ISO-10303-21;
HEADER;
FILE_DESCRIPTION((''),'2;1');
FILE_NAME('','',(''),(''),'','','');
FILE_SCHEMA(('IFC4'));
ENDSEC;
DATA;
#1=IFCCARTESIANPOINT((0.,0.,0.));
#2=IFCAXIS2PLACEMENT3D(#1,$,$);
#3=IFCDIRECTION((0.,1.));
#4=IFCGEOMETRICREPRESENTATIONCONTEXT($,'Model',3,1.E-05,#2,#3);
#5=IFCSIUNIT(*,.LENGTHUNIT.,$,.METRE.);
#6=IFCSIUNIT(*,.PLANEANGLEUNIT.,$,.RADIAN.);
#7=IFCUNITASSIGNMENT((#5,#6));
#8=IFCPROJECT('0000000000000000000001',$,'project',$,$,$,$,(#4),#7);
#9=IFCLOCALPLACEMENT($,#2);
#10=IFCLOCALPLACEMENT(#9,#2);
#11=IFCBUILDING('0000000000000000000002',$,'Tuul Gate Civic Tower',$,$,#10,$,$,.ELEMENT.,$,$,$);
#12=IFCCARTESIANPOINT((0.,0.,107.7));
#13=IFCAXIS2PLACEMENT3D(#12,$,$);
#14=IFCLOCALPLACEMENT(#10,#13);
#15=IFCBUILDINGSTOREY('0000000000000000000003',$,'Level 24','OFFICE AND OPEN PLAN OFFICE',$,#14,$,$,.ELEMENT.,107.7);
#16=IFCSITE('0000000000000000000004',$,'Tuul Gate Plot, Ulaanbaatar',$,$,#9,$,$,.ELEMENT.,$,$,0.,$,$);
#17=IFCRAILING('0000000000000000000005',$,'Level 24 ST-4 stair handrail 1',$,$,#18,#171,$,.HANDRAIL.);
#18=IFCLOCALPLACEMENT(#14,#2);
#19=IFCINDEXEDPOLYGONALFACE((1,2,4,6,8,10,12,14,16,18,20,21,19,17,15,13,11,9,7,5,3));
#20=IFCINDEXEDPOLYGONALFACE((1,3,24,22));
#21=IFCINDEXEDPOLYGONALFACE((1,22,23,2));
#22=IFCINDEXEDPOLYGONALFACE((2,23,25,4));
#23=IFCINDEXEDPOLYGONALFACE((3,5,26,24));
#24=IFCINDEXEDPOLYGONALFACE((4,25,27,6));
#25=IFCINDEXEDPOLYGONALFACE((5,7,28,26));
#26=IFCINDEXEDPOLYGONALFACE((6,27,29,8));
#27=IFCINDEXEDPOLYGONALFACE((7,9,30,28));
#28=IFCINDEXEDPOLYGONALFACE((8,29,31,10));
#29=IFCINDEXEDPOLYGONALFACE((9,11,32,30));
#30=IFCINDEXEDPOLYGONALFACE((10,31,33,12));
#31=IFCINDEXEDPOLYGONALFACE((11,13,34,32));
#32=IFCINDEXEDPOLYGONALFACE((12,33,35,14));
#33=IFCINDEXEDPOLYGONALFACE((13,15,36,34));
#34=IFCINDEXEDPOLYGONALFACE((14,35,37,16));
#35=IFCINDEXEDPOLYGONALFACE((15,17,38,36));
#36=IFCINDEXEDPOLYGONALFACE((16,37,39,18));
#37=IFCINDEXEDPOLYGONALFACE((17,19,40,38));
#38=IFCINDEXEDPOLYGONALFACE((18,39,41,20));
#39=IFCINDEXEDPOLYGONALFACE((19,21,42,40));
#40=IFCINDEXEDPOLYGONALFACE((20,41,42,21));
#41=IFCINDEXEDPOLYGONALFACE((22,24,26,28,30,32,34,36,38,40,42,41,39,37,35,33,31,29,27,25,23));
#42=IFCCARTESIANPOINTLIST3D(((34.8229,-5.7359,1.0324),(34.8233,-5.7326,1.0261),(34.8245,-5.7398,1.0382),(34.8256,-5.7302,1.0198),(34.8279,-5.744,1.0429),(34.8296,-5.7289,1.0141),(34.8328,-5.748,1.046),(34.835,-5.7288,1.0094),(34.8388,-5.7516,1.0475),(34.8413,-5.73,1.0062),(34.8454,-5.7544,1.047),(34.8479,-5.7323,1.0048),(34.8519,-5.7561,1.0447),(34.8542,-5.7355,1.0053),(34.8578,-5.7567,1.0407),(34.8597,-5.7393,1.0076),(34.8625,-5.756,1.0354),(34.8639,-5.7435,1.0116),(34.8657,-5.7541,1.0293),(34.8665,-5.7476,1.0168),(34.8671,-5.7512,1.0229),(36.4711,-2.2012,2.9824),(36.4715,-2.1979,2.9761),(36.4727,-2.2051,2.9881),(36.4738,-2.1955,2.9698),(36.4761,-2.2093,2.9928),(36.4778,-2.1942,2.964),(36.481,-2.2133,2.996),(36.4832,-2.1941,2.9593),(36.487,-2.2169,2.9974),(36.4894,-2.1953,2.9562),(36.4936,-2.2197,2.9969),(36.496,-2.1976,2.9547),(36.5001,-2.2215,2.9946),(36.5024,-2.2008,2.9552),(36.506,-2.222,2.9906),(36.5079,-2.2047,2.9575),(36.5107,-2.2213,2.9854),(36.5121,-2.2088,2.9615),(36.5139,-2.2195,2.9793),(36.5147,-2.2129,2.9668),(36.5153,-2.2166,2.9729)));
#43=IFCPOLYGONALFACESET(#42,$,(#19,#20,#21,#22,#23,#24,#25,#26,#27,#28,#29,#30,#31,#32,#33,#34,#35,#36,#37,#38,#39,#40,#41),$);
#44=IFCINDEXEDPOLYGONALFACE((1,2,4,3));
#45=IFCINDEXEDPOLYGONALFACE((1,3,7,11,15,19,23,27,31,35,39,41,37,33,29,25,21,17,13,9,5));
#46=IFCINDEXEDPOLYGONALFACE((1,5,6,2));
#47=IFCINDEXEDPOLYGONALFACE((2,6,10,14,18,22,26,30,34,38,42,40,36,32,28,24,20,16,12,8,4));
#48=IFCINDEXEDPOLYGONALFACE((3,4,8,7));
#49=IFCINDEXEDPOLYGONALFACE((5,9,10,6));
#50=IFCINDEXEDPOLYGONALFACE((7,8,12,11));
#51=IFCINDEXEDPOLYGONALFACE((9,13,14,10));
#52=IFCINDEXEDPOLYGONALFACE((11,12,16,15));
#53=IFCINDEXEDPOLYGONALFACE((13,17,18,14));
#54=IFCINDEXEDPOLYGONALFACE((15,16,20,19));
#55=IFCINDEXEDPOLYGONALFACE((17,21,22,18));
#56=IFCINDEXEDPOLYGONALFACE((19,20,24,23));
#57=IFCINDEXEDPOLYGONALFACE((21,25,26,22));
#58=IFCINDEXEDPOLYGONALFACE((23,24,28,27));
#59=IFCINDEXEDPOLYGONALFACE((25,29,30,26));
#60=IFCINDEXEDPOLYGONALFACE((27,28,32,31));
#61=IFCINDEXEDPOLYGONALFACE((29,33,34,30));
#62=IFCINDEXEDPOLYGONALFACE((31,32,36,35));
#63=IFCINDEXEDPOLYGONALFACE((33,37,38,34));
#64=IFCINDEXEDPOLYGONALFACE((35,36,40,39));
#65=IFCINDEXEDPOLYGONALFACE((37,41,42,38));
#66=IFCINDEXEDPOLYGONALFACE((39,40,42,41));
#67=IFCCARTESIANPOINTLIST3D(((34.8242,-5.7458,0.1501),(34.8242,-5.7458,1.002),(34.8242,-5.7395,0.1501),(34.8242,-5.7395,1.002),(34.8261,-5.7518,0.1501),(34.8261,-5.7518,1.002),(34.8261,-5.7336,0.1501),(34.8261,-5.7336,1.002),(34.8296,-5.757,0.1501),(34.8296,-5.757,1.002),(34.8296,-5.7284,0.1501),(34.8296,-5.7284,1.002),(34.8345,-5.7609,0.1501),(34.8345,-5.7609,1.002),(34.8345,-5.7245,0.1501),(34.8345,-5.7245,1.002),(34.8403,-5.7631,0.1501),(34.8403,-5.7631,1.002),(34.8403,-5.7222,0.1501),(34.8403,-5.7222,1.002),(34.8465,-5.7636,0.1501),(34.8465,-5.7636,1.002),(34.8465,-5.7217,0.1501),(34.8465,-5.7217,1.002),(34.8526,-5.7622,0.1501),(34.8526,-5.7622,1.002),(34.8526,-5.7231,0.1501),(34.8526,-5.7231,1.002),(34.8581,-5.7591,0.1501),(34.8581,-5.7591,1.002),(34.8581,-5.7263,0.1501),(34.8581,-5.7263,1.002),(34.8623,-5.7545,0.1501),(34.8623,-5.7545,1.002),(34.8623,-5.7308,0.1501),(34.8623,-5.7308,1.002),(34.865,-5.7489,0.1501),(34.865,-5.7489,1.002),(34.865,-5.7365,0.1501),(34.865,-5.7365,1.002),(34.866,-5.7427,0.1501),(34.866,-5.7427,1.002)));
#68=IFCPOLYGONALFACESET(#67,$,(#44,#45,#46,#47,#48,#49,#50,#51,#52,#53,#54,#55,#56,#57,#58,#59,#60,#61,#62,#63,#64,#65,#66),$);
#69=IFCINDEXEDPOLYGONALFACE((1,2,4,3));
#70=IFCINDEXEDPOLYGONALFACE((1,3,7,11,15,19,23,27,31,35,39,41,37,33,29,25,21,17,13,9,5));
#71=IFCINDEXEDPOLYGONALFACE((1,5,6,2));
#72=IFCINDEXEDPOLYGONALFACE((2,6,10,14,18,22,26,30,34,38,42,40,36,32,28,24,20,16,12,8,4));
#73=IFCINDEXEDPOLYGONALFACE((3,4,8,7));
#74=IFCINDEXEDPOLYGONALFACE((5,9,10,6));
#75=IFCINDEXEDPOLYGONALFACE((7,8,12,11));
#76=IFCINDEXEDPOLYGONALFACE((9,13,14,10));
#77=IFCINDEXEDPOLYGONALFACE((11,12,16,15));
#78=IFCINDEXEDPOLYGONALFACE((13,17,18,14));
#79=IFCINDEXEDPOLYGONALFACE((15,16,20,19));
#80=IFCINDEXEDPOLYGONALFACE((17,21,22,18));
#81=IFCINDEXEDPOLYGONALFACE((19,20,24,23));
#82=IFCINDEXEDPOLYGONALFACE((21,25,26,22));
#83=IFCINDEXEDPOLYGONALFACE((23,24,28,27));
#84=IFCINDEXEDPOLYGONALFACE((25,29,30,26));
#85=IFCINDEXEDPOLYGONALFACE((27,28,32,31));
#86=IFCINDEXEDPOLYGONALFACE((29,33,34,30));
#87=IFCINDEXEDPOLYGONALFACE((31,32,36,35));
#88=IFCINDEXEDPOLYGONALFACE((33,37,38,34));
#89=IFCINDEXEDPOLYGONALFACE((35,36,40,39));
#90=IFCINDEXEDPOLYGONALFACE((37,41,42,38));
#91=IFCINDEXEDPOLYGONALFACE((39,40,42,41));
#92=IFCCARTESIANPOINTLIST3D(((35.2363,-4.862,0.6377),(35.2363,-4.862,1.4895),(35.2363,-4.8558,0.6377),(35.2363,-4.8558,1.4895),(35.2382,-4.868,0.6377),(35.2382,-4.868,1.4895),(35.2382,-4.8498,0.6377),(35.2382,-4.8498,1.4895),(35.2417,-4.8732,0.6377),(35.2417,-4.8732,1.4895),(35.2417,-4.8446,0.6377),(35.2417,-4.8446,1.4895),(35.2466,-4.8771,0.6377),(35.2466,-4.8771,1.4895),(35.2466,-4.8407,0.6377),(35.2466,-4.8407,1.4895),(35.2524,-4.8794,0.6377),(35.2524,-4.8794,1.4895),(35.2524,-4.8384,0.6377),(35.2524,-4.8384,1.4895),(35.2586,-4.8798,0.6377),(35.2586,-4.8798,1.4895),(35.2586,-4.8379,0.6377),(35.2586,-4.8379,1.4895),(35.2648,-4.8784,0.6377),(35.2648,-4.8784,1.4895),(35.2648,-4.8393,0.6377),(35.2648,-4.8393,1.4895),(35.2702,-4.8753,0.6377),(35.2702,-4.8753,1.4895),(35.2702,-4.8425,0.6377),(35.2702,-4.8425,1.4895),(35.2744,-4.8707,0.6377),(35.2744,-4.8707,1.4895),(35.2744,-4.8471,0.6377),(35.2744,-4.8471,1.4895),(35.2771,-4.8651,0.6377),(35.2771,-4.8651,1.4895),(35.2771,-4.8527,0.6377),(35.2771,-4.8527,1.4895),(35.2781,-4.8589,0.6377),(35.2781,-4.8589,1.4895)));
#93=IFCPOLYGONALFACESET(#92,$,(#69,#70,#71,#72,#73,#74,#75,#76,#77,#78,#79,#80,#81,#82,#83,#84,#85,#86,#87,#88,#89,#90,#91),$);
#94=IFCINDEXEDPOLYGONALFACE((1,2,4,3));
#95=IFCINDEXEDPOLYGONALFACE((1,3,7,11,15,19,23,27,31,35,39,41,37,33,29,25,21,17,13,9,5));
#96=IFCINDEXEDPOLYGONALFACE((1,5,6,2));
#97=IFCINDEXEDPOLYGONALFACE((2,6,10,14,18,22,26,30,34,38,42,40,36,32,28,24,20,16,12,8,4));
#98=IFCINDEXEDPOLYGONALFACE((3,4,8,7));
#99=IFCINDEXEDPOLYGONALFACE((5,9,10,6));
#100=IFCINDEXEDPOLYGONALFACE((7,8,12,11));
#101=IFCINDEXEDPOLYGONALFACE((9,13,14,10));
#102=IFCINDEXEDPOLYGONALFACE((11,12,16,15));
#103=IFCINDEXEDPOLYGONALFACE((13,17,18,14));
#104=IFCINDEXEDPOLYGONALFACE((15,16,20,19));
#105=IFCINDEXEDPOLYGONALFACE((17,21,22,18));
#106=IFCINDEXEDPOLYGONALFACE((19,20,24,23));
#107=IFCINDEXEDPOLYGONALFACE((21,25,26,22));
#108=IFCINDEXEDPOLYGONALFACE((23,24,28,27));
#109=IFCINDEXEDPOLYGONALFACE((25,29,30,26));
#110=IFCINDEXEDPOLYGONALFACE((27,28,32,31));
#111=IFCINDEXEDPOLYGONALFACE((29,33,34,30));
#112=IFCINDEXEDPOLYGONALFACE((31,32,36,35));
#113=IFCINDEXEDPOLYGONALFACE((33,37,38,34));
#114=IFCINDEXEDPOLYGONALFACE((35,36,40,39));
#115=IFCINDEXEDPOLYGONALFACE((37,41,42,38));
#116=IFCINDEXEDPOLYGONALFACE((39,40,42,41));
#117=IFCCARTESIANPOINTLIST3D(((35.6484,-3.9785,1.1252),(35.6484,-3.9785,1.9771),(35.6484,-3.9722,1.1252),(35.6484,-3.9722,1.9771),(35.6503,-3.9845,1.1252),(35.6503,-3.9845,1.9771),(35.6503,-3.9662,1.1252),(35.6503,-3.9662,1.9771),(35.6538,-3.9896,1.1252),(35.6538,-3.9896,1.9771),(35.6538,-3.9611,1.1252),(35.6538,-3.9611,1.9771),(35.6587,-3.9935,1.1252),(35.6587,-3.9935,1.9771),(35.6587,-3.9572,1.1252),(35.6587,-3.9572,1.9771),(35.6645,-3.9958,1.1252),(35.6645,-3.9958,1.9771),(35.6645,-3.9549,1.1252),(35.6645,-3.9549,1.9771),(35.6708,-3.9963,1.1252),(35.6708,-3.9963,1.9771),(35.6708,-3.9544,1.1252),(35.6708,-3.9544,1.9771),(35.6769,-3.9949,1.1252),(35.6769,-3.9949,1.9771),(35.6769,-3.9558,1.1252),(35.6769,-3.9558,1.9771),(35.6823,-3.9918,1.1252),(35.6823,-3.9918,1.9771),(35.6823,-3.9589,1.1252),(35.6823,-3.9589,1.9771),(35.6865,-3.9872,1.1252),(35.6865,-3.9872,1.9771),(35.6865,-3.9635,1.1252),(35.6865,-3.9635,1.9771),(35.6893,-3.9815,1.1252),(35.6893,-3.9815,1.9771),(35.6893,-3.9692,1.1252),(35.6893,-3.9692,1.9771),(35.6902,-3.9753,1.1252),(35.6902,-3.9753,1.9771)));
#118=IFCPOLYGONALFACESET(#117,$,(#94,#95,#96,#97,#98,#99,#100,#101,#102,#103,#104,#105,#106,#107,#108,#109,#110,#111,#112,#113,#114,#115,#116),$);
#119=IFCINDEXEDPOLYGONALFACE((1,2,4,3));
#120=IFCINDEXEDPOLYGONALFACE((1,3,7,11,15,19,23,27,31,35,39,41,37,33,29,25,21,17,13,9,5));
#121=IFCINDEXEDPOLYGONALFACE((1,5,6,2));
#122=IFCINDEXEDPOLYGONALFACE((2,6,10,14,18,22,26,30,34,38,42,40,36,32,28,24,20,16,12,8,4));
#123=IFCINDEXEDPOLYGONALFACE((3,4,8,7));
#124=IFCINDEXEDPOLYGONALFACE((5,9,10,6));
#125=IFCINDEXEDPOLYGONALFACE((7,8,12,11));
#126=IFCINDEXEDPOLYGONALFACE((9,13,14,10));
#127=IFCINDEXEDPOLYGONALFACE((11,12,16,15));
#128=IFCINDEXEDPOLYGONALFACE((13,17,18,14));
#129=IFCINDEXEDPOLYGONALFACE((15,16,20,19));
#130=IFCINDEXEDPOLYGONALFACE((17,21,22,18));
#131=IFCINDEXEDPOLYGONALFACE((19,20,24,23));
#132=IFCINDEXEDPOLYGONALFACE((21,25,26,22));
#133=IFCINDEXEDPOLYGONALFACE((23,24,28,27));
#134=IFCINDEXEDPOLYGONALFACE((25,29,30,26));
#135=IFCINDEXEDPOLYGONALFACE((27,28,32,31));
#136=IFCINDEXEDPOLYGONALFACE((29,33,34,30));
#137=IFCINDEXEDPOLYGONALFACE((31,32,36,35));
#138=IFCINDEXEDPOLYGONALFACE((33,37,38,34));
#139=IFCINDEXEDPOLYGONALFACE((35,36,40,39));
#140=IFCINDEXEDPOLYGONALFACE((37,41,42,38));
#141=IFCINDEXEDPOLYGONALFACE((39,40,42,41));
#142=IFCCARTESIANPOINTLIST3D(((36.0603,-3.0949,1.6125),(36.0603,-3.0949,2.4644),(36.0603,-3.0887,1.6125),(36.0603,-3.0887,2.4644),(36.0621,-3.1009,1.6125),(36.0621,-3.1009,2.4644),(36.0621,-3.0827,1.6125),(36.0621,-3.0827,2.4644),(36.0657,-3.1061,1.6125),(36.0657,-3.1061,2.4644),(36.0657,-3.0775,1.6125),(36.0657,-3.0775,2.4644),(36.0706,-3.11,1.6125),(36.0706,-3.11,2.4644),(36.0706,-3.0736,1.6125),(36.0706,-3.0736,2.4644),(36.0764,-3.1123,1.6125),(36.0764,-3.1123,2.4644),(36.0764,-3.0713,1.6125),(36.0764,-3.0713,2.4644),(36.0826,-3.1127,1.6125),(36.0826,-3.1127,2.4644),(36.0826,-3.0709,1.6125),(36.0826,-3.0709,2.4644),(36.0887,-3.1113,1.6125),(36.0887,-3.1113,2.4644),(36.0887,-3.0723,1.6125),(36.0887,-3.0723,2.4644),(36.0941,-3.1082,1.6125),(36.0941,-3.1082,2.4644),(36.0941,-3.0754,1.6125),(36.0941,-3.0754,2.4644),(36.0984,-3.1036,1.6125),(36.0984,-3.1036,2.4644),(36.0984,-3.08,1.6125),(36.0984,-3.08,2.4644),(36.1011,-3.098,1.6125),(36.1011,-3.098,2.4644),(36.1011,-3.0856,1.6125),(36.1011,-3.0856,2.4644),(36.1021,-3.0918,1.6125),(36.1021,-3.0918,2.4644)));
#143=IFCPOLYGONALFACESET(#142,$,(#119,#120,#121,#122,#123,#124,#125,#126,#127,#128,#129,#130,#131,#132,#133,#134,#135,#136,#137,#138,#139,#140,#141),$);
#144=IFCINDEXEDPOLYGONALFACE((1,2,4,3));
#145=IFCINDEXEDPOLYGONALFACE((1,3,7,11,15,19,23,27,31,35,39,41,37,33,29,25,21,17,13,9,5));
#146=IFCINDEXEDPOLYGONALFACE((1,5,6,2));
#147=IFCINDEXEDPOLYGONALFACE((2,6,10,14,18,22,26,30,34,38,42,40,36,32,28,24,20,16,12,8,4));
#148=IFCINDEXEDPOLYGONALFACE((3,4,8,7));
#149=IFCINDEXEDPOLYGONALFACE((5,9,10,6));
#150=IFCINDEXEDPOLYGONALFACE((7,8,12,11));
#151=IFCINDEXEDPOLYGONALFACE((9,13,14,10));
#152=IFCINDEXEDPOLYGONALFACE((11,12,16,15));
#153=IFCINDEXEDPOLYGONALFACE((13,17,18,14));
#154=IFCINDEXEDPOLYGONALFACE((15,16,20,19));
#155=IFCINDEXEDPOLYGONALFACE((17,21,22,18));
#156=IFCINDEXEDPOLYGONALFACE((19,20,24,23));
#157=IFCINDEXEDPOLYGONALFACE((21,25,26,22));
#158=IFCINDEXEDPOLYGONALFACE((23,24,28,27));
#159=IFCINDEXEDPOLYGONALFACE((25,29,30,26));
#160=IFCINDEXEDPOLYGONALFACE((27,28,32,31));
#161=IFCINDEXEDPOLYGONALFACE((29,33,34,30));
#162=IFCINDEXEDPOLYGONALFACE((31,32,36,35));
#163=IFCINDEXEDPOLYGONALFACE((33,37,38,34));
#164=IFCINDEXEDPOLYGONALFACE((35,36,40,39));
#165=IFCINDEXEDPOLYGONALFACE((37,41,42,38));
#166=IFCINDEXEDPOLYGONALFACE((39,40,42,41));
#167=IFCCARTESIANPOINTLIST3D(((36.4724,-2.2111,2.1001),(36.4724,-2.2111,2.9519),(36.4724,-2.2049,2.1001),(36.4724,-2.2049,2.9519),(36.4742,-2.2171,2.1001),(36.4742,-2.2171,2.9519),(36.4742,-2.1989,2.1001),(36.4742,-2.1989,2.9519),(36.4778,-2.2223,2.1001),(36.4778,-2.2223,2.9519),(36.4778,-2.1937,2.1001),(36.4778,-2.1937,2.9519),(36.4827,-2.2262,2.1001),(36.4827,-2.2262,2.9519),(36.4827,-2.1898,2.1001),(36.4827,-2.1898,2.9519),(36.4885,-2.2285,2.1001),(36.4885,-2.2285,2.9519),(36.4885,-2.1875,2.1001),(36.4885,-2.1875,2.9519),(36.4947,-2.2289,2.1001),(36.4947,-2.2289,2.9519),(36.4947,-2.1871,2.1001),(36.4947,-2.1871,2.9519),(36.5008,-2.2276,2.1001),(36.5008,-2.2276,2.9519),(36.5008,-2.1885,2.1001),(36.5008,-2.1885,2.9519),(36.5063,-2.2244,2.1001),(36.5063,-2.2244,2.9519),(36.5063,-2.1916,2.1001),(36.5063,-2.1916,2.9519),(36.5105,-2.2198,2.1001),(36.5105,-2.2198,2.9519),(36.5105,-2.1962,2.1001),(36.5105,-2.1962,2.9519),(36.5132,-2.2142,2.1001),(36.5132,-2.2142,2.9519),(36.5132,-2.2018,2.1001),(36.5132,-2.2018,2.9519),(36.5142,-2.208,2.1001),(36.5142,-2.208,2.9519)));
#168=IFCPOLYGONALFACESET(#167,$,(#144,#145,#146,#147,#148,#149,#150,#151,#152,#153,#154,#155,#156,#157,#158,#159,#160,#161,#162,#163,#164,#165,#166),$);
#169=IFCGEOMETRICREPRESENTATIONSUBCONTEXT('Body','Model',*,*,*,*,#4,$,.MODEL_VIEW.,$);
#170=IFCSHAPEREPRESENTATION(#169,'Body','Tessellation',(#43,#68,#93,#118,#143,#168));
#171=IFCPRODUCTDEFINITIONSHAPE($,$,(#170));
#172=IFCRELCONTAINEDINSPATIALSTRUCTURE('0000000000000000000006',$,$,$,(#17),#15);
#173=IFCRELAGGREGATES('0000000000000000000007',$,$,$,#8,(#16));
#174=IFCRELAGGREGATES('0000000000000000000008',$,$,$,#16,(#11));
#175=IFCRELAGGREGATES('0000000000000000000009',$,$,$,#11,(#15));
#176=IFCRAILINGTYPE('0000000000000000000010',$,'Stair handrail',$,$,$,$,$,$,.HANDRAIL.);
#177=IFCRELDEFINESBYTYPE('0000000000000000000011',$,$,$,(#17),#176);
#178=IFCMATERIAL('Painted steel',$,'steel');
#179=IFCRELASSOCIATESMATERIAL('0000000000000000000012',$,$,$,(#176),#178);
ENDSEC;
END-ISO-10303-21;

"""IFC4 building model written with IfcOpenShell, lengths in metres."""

from ifc_helpers import new_model, si_unit, direction, frame, origin, origin_2d, place, context, subcontext, project, spatial, circle, extrude, material, type_object, element, save


model = new_model("IFC4")

# Units and contexts
model_context = context("Model", 3, precision=1e-05, world=origin(), true_north=direction((0.0, 1.0)))
body_context = subcontext(model_context, "Body", "Model", "MODEL_VIEW")
ifc_project = project(units=[si_unit("LENGTHUNIT", "METRE"), si_unit("PLANEANGLEUNIT", "RADIAN")], contexts=[model_context])

# Site, building, storey
site_placement = place(None, origin())
site = spatial("IfcSite", under=ifc_project, at=site_placement, Name="Tuul Gate Plot, Ulaanbaatar", CompositionType="ELEMENT", RefElevation=0.0)
building_placement = place(site_placement, origin())
building = spatial("IfcBuilding", under=site, at=building_placement, Name="Tuul Gate Civic Tower", CompositionType="ELEMENT")
storey_placement = place(building_placement, frame((0.0, 0.0, 107.7)))
storey = spatial("IfcBuildingStorey", under=building, at=storey_placement, Name="Level 24", Description="OFFICE AND OPEN PLAN OFFICE", CompositionType="ELEMENT", Elevation=107.7)

# Railing
ifc_material_1 = material(Name="Painted steel", Category="steel")
railing_type_1 = type_object("IfcRailingType", Name="Stair handrail", PredefinedType="HANDRAIL", material=ifc_material_1)
railing_1_placement = place(storey_placement, frame((34.845, -5.7427, 0.1501)))
element("IfcRailing", 1, at=railing_1_placement, inside=storey, type_object=railing_type_1, Name="Level 24 ST-4 stair handrail 1", PredefinedType="HANDRAIL", context=body_context, shape_type="SweptSolid", body=[
    extrude(circle(Radius=0.0239, at=origin_2d()), frame((0.0, 0.0, 0.876), z_axis=(0.377995, 0.810637, 0.4472), x_axis=(-0.906313, 0.422608, 0.0)), (0.0, 0.0, 1.0), 4.3604),
    extrude(circle(Radius=0.021, at=origin_2d()), origin(), (0.0, 0.0, 1.0), 0.8518),
    extrude(circle(Radius=0.021, at=origin_2d()), frame((0.4121, 0.8838, 0.4875)), (0.0, 0.0, 1.0), 0.8518),
    extrude(circle(Radius=0.021, at=origin_2d()), frame((0.8242, 1.7673, 0.9751)), (0.0, 0.0, 1.0), 0.8518),
    extrude(circle(Radius=0.021, at=origin_2d()), frame((1.2361, 2.6509, 1.4624)), (0.0, 0.0, 1.0), 0.8518),
    extrude(circle(Radius=0.021, at=origin_2d()), frame((1.6482, 3.5347, 1.95)), (0.0, 0.0, 1.0), 0.8518),
])

save(model, "model.ifc")
